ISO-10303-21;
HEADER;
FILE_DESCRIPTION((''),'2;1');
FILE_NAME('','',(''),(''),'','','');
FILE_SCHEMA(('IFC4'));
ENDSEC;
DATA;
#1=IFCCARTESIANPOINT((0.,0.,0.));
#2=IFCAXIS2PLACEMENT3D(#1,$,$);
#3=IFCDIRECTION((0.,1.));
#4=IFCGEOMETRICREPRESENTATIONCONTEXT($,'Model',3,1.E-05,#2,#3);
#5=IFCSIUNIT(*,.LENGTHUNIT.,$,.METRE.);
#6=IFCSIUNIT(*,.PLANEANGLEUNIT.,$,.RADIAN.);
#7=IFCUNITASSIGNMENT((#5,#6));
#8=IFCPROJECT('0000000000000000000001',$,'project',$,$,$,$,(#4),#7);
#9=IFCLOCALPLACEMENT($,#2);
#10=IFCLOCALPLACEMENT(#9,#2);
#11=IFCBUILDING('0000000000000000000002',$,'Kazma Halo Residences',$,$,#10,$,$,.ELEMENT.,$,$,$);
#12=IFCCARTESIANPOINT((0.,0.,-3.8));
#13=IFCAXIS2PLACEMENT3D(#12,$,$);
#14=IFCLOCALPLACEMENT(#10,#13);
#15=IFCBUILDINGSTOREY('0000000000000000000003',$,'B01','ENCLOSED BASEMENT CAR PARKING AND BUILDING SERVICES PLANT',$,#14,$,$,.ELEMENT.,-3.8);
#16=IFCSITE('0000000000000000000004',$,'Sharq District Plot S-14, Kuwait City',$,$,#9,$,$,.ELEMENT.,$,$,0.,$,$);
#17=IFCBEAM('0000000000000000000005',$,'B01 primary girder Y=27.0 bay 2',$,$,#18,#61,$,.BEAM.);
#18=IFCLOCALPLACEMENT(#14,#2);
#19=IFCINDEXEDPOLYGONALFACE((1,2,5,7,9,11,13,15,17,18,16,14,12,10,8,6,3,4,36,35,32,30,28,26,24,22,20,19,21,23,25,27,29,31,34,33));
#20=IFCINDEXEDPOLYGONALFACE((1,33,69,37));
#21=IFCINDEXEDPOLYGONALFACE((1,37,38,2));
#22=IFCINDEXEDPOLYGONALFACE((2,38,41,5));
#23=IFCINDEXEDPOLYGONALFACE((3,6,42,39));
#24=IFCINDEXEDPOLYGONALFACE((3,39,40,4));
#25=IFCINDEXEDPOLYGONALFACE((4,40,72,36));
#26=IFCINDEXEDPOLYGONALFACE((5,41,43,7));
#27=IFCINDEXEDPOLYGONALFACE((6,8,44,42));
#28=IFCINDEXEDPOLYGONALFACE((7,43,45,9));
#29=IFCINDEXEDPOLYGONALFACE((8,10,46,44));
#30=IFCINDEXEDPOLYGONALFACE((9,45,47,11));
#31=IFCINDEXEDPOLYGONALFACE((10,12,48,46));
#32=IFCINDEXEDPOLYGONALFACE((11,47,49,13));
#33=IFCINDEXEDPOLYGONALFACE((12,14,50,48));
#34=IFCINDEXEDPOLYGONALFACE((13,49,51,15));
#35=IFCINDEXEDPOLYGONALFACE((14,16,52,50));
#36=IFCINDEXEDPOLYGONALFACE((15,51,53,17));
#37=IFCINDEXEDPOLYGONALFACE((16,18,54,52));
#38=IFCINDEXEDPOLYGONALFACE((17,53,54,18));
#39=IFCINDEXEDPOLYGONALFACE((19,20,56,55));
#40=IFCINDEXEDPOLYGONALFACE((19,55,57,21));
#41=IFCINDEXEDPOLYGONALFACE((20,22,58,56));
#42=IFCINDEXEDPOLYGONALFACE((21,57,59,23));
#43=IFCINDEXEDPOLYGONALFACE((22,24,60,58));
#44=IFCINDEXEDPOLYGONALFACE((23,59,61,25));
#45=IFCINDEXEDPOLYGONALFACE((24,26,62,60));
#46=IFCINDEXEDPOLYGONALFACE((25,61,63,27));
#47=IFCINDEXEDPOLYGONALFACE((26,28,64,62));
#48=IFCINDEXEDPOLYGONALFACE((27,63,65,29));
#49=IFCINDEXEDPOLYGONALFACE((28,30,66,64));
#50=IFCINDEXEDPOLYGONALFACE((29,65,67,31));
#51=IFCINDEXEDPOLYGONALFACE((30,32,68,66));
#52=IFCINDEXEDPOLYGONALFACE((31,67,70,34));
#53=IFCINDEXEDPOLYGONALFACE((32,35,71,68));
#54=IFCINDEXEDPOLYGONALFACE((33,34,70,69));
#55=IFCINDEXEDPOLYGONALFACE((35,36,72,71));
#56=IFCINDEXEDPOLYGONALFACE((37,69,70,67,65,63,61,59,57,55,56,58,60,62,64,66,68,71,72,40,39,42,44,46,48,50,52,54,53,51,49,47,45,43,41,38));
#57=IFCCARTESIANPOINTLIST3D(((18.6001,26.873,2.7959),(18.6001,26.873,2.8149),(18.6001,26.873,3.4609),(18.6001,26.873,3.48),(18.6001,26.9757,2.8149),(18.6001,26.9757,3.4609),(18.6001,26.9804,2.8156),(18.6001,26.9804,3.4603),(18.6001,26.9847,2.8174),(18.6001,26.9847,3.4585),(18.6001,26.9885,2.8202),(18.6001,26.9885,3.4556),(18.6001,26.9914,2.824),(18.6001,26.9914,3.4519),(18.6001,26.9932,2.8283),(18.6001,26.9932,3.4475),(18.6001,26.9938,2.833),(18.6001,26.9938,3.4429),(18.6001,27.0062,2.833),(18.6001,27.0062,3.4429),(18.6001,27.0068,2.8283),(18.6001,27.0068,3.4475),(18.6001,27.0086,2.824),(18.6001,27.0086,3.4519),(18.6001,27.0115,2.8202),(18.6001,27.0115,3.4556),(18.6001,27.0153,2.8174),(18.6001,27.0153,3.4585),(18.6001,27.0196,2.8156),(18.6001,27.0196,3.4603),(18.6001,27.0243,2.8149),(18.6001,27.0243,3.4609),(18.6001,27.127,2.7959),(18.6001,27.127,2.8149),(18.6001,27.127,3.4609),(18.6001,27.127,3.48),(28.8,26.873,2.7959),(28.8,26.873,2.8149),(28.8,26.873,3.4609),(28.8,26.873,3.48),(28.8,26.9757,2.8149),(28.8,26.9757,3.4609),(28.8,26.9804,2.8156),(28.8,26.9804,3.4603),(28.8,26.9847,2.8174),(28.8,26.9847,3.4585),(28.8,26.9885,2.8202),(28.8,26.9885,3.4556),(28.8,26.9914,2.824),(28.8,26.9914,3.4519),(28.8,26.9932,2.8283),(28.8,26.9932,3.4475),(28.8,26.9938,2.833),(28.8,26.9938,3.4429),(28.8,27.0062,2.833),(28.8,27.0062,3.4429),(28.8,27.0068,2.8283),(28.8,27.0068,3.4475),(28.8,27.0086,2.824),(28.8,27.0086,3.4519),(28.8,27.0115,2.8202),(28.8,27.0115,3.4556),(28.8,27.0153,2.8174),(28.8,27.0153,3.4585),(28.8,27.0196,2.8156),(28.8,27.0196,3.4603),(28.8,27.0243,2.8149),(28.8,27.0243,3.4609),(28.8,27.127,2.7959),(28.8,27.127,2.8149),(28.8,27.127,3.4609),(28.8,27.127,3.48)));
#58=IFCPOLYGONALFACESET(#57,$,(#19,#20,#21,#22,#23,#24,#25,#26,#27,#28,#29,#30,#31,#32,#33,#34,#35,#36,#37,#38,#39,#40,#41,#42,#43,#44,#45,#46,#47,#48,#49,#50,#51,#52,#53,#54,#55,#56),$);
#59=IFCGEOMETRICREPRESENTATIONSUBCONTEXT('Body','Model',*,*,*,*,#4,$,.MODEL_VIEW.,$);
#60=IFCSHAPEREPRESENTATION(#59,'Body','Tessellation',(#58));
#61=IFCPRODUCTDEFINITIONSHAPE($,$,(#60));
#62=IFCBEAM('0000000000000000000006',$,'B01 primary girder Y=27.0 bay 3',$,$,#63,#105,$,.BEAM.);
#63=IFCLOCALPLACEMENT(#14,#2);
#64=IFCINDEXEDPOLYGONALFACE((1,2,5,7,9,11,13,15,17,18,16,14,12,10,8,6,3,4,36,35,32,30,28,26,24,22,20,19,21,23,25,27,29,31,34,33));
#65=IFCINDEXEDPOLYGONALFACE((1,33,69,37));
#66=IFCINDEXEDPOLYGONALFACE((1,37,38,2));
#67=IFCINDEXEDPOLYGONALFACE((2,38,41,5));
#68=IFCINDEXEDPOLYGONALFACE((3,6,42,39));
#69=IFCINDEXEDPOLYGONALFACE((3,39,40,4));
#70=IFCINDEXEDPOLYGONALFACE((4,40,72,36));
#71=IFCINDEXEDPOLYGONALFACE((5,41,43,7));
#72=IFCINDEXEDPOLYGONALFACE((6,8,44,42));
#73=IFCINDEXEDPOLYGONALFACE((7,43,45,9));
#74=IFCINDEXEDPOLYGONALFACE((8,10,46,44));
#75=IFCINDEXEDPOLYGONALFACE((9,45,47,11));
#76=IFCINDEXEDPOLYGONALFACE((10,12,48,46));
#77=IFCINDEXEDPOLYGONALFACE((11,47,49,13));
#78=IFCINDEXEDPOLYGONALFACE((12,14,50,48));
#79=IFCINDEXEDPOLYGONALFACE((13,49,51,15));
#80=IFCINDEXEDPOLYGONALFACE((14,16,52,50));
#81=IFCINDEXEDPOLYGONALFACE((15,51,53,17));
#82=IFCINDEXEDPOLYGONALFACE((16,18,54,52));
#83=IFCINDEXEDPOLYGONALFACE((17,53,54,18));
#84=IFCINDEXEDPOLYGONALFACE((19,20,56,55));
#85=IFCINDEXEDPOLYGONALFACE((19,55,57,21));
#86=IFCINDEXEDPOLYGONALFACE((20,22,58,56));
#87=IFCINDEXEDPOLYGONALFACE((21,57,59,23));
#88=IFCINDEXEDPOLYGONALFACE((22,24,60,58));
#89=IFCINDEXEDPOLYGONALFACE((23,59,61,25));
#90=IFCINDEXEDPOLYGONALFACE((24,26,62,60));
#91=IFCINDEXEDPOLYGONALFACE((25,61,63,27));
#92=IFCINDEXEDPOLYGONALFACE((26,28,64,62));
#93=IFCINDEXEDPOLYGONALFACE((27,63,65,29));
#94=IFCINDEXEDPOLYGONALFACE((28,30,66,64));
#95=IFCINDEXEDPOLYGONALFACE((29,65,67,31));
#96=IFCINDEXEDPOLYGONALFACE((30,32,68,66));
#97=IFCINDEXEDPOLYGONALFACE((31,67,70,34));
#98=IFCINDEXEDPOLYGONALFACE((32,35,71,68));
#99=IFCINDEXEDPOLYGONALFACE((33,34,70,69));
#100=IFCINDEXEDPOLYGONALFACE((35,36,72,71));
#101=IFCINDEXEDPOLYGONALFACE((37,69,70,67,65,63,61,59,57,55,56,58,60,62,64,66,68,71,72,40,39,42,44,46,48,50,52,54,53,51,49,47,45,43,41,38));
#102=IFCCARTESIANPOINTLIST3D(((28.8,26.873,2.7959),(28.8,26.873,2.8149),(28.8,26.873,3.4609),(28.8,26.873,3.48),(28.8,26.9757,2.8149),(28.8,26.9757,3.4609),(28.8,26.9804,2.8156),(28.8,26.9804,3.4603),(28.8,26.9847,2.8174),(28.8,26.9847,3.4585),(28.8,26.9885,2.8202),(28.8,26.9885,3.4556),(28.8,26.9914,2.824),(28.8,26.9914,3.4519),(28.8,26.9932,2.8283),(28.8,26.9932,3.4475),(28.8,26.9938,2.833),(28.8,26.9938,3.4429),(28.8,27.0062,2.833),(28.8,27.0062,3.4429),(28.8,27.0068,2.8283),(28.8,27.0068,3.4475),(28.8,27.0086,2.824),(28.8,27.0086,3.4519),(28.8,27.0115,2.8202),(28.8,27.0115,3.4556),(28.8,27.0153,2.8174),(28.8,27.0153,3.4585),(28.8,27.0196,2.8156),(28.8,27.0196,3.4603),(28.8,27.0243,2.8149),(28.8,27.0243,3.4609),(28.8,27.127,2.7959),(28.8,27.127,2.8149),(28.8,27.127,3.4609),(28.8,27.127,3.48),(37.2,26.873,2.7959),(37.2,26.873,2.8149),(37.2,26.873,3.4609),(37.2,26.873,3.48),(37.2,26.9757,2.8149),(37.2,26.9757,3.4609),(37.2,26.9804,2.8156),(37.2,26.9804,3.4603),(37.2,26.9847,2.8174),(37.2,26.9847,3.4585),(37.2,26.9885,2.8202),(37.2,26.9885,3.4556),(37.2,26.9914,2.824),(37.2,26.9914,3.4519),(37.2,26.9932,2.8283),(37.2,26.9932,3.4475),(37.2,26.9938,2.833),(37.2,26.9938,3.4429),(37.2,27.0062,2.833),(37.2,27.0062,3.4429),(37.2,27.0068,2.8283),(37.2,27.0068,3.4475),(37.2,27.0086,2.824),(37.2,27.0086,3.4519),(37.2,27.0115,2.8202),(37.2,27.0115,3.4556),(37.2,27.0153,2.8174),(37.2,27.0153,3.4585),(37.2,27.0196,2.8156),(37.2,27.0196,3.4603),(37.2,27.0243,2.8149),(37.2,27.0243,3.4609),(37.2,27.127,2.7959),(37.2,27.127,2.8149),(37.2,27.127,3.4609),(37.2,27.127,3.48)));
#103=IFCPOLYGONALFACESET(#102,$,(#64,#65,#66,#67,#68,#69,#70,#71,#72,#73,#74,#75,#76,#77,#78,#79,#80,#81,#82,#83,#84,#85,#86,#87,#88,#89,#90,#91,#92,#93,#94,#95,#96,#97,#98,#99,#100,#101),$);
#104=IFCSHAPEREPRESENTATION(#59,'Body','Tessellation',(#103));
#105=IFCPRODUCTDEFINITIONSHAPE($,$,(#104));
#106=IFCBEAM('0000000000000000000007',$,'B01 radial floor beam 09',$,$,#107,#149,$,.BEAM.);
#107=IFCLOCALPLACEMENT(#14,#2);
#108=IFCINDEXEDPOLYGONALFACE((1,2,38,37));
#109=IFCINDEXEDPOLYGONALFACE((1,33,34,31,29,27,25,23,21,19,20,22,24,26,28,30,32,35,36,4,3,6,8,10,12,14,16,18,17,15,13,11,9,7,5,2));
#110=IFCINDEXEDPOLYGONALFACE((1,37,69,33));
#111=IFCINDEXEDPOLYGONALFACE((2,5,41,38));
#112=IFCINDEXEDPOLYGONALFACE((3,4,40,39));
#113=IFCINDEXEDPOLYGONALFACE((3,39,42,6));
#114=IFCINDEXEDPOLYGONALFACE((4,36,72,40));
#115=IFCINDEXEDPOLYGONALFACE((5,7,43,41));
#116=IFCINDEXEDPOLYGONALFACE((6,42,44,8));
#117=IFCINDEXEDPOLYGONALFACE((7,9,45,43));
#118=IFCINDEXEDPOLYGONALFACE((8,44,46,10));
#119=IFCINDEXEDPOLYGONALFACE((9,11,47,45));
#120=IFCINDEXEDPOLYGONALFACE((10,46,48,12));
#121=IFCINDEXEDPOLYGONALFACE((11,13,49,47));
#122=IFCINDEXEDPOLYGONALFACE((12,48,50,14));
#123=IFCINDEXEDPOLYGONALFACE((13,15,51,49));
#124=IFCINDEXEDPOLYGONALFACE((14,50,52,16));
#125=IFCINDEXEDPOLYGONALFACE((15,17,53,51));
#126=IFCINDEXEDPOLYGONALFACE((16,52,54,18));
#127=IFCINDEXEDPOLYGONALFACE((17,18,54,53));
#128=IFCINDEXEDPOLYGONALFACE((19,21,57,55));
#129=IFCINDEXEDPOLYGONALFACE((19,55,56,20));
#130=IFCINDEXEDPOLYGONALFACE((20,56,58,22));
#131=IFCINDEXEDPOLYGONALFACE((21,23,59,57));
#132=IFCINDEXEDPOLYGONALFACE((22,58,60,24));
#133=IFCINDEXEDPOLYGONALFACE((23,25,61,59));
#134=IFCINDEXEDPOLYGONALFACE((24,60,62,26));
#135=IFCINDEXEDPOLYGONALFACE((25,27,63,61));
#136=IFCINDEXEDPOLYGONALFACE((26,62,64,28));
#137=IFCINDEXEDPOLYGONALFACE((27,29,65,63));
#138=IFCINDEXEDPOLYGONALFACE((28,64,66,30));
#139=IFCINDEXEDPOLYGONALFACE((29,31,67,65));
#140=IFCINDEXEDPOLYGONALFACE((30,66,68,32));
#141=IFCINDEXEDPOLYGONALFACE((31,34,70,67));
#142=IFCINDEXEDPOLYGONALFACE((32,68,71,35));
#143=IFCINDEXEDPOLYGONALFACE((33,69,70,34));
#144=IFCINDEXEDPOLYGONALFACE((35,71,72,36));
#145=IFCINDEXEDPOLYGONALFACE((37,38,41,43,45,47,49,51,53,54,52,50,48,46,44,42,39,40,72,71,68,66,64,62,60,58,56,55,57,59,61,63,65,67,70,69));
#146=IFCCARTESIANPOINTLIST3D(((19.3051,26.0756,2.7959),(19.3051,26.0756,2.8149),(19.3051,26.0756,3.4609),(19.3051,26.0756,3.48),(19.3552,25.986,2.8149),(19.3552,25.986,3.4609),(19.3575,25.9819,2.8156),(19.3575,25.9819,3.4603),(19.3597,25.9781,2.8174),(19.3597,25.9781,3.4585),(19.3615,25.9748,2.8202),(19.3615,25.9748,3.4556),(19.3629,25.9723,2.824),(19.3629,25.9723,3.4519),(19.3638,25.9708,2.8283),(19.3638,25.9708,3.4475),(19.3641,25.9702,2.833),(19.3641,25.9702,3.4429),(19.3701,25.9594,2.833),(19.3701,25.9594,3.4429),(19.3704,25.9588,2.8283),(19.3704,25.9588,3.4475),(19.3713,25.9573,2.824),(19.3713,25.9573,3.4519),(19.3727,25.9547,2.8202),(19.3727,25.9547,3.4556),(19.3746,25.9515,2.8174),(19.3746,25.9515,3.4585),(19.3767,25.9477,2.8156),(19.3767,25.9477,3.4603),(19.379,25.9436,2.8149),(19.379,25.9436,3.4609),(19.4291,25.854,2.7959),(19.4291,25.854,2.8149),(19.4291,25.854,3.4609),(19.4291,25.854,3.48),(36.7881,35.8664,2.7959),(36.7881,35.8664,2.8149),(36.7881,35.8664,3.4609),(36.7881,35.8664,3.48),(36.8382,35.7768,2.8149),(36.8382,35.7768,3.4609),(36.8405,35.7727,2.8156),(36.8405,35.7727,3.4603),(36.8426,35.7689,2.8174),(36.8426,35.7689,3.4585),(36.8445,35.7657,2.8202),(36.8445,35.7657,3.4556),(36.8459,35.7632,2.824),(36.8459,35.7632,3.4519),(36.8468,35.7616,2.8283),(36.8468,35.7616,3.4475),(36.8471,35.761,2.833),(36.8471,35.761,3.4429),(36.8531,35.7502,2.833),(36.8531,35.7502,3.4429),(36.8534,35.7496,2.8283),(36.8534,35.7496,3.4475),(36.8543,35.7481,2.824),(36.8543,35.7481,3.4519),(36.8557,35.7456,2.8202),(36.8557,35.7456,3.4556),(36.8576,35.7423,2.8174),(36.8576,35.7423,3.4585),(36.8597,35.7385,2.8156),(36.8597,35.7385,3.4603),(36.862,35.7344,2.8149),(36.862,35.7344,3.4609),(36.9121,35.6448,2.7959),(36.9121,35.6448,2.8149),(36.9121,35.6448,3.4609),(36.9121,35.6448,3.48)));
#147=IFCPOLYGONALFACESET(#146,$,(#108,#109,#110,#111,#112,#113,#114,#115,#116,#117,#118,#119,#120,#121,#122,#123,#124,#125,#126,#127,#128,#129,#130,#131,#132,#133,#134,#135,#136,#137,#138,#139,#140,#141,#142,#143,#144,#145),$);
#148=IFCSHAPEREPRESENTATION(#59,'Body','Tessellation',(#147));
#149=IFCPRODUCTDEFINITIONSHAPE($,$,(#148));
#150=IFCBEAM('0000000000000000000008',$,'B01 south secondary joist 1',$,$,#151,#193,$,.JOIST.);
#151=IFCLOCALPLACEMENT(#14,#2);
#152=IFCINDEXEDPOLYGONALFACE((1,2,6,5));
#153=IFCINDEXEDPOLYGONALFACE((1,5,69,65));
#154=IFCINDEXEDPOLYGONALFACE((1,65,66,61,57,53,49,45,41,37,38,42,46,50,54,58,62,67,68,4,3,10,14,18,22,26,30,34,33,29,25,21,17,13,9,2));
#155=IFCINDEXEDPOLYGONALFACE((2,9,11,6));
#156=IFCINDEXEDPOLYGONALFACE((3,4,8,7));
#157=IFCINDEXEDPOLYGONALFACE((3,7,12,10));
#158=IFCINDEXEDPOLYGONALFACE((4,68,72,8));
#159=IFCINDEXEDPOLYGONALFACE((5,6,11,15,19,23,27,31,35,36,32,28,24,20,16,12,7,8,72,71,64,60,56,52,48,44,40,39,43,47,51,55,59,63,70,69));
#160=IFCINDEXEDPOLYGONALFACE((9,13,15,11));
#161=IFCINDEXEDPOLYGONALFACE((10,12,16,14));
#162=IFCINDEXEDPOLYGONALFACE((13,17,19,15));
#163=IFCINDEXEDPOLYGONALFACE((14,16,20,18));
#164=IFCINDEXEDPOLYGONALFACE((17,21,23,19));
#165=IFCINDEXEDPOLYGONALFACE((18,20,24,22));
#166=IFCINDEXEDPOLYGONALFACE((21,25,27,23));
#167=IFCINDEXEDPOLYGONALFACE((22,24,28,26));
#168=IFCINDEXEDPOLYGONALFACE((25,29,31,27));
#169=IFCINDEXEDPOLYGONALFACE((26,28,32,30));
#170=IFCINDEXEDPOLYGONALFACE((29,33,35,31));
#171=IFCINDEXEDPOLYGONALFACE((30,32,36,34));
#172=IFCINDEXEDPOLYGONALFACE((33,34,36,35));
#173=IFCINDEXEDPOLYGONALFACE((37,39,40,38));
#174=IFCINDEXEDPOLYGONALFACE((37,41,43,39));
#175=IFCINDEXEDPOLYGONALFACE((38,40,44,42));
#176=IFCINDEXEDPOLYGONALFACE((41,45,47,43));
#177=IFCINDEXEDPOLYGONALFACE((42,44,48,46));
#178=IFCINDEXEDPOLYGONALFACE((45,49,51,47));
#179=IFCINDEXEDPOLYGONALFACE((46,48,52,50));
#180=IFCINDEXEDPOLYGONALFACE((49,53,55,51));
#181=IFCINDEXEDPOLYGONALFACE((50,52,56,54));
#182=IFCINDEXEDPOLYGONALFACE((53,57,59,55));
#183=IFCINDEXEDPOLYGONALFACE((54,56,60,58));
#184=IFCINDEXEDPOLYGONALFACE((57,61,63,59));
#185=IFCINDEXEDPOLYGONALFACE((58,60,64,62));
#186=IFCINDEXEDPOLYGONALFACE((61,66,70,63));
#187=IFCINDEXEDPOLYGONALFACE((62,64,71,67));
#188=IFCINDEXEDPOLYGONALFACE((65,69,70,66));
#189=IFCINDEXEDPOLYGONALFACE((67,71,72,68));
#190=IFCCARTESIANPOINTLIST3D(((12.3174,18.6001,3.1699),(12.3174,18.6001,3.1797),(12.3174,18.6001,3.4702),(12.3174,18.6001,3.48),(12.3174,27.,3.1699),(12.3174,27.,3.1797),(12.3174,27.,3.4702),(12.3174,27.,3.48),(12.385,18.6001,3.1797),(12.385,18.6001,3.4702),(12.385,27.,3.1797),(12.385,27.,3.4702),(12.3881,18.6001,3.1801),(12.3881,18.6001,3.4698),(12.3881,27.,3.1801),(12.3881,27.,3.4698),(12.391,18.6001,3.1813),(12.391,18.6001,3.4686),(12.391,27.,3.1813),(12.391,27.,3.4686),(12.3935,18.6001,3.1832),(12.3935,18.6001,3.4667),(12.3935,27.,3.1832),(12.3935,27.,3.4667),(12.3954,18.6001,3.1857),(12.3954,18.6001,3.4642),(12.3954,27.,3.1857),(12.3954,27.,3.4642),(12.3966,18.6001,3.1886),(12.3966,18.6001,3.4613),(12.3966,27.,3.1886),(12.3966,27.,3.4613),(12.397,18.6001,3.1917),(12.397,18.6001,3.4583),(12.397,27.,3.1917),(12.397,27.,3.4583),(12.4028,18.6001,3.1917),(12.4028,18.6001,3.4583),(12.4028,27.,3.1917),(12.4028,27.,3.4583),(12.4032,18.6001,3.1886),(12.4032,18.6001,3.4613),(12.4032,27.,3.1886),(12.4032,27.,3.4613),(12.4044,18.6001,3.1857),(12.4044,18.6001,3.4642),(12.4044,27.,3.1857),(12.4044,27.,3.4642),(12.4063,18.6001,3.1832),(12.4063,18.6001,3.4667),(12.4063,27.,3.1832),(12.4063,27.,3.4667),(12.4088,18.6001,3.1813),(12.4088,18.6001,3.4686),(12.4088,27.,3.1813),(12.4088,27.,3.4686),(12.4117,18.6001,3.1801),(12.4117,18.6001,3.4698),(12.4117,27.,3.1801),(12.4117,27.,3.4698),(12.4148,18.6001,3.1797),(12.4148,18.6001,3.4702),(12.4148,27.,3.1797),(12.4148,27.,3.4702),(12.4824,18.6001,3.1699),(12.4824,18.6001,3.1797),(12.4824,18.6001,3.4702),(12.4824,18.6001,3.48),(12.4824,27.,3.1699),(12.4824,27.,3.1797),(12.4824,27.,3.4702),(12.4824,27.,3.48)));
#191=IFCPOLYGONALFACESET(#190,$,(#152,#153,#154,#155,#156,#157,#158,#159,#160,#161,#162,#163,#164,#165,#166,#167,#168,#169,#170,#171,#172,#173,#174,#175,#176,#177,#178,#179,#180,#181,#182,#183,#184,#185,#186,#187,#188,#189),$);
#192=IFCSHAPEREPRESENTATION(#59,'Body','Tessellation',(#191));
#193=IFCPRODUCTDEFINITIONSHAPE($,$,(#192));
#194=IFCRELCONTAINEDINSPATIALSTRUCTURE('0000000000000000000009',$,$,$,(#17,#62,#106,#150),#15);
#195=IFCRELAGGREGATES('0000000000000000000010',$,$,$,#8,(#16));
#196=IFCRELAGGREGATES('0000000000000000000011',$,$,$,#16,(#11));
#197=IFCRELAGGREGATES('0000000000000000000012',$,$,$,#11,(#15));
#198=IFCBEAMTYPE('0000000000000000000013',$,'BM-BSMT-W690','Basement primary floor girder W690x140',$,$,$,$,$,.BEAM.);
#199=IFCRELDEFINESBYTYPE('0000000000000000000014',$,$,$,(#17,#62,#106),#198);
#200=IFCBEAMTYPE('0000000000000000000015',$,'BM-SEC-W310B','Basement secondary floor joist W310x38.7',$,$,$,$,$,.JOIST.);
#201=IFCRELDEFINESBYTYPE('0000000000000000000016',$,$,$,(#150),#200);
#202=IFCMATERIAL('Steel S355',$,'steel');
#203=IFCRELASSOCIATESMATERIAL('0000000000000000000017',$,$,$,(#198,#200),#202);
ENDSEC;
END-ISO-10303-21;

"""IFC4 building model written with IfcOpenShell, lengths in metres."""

from ifc_helpers import new_model, si_unit, direction, frame, origin, origin_2d, place, context, subcontext, project, spatial, i_section, extrude, material, material_profile, profile_set, type_object, element, save


model = new_model("IFC4")

# Units and contexts
model_context = context("Model", 3, precision=1e-05, world=origin(), true_north=direction((0.0, 1.0)))
body_context = subcontext(model_context, "Body", "Model", "MODEL_VIEW")
ifc_project = project(units=[si_unit("LENGTHUNIT", "METRE"), si_unit("PLANEANGLEUNIT", "RADIAN")], contexts=[model_context])

# Site, building, storey
site_placement = place(None, origin())
site = spatial("IfcSite", under=ifc_project, at=site_placement, Name="Sharq District Plot S-14, Kuwait City", CompositionType="ELEMENT", RefElevation=0.0)
building_placement = place(site_placement, origin())
building = spatial("IfcBuilding", under=site, at=building_placement, Name="Kazma Halo Residences", CompositionType="ELEMENT")
storey_placement = place(building_placement, frame((0.0, 0.0, -3.8)))
storey = spatial("IfcBuildingStorey", under=building, at=storey_placement, Name="B01", Description="ENCLOSED BASEMENT CAR PARKING AND BUILDING SERVICES PLANT", CompositionType="ELEMENT", Elevation=-3.8)

# Beams
ifc_material_1 = material(Name="Steel S355", Category="steel")
ifc_material_profile_1 = material_profile(ifc_material_1, i_section(OverallWidth=0.2539, OverallDepth=0.6841, WebThickness=0.0125, FlangeThickness=0.019, FilletRadius=0.0181, at=origin_2d()), Name="W690x140")
ifc_profile_set_1 = profile_set([ifc_material_profile_1], Name="Steel S355")
beam_type_1 = type_object("IfcBeamType", Name="BM-BSMT-W690", Description="Basement primary floor girder W690x140", PredefinedType="BEAM", material=ifc_profile_set_1)
beam_1_placement = place(storey_placement, frame((18.6001, 27.0, 3.1379), z_axis=(1.0, 0.0, 0.0), x_axis=(0.0, 1.0, 0.0)))
element("IfcBeam", 1, at=beam_1_placement, inside=storey, type_object=beam_type_1, Name="B01 primary girder Y=27.0 bay 2", PredefinedType="BEAM", context=body_context, shape_type="SweptSolid", body=[
    extrude(i_section(OverallWidth=0.2539, OverallDepth=0.6841, WebThickness=0.0125, FlangeThickness=0.019, FilletRadius=0.0181, at=origin_2d()), origin(), (0.0, 0.0, 1.0), 10.2),
])
beam_2_placement = place(storey_placement, frame((28.8, 27.0, 3.1379), z_axis=(1.0, 0.0, 0.0), x_axis=(0.0, 1.0, 0.0)))
element("IfcBeam", 2, at=beam_2_placement, inside=storey, type_object=beam_type_1, Name="B01 primary girder Y=27.0 bay 3", PredefinedType="BEAM", context=body_context, shape_type="SweptSolid", body=[
    extrude(i_section(OverallWidth=0.2539, OverallDepth=0.6841, WebThickness=0.0125, FlangeThickness=0.019, FilletRadius=0.0181, at=origin_2d()), origin(), (0.0, 0.0, 1.0), 8.3999),
])
beam_3_placement = place(storey_placement, frame((36.8501, 35.7556, 3.1379), z_axis=(-0.872499, -0.488616, 0.0), x_axis=(0.488616, -0.872499, 0.0)))
element("IfcBeam", 3, at=beam_3_placement, inside=storey, type_object=beam_type_1, Name="B01 radial floor beam 09", PredefinedType="BEAM", context=body_context, shape_type="SweptSolid", body=[
    extrude(i_section(OverallWidth=0.2539, OverallDepth=0.6841, WebThickness=0.0125, FlangeThickness=0.019, FilletRadius=0.0181, at=origin_2d()), origin(), (0.0, 0.0, 1.0), 20.0378),
])
ifc_material_profile_2 = material_profile(ifc_material_1, i_section(OverallWidth=0.165, OverallDepth=0.3101, WebThickness=0.0059, FlangeThickness=0.0098, FilletRadius=0.012, at=origin_2d()), Name="W310x38.7")
ifc_profile_set_2 = profile_set([ifc_material_profile_2], Name="Steel S355")
beam_type_2 = type_object("IfcBeamType", Name="BM-SEC-W310B", Description="Basement secondary floor joist W310x38.7", PredefinedType="JOIST", material=ifc_profile_set_2)
for number, where, z_axis, x_axis, name in (
    (4, (12.3999, 18.6001, 3.325), (0.0, 1.0, 0.0), (-1.0, 0.0, 0.0), "B01 south secondary joist 1"),
):
    element("IfcBeam", number, at=place(storey_placement, frame(where, z_axis=z_axis, x_axis=x_axis)), inside=storey, type_object=beam_type_2, Name=name, PredefinedType="JOIST", context=body_context, shape_type="SweptSolid", body=[
        extrude(i_section(OverallWidth=0.165, OverallDepth=0.3101, WebThickness=0.0059, FlangeThickness=0.0098, FilletRadius=0.012, at=origin_2d()), origin(), (0.0, 0.0, 1.0), 8.3999),
    ])

save(model, "model.ifc")
